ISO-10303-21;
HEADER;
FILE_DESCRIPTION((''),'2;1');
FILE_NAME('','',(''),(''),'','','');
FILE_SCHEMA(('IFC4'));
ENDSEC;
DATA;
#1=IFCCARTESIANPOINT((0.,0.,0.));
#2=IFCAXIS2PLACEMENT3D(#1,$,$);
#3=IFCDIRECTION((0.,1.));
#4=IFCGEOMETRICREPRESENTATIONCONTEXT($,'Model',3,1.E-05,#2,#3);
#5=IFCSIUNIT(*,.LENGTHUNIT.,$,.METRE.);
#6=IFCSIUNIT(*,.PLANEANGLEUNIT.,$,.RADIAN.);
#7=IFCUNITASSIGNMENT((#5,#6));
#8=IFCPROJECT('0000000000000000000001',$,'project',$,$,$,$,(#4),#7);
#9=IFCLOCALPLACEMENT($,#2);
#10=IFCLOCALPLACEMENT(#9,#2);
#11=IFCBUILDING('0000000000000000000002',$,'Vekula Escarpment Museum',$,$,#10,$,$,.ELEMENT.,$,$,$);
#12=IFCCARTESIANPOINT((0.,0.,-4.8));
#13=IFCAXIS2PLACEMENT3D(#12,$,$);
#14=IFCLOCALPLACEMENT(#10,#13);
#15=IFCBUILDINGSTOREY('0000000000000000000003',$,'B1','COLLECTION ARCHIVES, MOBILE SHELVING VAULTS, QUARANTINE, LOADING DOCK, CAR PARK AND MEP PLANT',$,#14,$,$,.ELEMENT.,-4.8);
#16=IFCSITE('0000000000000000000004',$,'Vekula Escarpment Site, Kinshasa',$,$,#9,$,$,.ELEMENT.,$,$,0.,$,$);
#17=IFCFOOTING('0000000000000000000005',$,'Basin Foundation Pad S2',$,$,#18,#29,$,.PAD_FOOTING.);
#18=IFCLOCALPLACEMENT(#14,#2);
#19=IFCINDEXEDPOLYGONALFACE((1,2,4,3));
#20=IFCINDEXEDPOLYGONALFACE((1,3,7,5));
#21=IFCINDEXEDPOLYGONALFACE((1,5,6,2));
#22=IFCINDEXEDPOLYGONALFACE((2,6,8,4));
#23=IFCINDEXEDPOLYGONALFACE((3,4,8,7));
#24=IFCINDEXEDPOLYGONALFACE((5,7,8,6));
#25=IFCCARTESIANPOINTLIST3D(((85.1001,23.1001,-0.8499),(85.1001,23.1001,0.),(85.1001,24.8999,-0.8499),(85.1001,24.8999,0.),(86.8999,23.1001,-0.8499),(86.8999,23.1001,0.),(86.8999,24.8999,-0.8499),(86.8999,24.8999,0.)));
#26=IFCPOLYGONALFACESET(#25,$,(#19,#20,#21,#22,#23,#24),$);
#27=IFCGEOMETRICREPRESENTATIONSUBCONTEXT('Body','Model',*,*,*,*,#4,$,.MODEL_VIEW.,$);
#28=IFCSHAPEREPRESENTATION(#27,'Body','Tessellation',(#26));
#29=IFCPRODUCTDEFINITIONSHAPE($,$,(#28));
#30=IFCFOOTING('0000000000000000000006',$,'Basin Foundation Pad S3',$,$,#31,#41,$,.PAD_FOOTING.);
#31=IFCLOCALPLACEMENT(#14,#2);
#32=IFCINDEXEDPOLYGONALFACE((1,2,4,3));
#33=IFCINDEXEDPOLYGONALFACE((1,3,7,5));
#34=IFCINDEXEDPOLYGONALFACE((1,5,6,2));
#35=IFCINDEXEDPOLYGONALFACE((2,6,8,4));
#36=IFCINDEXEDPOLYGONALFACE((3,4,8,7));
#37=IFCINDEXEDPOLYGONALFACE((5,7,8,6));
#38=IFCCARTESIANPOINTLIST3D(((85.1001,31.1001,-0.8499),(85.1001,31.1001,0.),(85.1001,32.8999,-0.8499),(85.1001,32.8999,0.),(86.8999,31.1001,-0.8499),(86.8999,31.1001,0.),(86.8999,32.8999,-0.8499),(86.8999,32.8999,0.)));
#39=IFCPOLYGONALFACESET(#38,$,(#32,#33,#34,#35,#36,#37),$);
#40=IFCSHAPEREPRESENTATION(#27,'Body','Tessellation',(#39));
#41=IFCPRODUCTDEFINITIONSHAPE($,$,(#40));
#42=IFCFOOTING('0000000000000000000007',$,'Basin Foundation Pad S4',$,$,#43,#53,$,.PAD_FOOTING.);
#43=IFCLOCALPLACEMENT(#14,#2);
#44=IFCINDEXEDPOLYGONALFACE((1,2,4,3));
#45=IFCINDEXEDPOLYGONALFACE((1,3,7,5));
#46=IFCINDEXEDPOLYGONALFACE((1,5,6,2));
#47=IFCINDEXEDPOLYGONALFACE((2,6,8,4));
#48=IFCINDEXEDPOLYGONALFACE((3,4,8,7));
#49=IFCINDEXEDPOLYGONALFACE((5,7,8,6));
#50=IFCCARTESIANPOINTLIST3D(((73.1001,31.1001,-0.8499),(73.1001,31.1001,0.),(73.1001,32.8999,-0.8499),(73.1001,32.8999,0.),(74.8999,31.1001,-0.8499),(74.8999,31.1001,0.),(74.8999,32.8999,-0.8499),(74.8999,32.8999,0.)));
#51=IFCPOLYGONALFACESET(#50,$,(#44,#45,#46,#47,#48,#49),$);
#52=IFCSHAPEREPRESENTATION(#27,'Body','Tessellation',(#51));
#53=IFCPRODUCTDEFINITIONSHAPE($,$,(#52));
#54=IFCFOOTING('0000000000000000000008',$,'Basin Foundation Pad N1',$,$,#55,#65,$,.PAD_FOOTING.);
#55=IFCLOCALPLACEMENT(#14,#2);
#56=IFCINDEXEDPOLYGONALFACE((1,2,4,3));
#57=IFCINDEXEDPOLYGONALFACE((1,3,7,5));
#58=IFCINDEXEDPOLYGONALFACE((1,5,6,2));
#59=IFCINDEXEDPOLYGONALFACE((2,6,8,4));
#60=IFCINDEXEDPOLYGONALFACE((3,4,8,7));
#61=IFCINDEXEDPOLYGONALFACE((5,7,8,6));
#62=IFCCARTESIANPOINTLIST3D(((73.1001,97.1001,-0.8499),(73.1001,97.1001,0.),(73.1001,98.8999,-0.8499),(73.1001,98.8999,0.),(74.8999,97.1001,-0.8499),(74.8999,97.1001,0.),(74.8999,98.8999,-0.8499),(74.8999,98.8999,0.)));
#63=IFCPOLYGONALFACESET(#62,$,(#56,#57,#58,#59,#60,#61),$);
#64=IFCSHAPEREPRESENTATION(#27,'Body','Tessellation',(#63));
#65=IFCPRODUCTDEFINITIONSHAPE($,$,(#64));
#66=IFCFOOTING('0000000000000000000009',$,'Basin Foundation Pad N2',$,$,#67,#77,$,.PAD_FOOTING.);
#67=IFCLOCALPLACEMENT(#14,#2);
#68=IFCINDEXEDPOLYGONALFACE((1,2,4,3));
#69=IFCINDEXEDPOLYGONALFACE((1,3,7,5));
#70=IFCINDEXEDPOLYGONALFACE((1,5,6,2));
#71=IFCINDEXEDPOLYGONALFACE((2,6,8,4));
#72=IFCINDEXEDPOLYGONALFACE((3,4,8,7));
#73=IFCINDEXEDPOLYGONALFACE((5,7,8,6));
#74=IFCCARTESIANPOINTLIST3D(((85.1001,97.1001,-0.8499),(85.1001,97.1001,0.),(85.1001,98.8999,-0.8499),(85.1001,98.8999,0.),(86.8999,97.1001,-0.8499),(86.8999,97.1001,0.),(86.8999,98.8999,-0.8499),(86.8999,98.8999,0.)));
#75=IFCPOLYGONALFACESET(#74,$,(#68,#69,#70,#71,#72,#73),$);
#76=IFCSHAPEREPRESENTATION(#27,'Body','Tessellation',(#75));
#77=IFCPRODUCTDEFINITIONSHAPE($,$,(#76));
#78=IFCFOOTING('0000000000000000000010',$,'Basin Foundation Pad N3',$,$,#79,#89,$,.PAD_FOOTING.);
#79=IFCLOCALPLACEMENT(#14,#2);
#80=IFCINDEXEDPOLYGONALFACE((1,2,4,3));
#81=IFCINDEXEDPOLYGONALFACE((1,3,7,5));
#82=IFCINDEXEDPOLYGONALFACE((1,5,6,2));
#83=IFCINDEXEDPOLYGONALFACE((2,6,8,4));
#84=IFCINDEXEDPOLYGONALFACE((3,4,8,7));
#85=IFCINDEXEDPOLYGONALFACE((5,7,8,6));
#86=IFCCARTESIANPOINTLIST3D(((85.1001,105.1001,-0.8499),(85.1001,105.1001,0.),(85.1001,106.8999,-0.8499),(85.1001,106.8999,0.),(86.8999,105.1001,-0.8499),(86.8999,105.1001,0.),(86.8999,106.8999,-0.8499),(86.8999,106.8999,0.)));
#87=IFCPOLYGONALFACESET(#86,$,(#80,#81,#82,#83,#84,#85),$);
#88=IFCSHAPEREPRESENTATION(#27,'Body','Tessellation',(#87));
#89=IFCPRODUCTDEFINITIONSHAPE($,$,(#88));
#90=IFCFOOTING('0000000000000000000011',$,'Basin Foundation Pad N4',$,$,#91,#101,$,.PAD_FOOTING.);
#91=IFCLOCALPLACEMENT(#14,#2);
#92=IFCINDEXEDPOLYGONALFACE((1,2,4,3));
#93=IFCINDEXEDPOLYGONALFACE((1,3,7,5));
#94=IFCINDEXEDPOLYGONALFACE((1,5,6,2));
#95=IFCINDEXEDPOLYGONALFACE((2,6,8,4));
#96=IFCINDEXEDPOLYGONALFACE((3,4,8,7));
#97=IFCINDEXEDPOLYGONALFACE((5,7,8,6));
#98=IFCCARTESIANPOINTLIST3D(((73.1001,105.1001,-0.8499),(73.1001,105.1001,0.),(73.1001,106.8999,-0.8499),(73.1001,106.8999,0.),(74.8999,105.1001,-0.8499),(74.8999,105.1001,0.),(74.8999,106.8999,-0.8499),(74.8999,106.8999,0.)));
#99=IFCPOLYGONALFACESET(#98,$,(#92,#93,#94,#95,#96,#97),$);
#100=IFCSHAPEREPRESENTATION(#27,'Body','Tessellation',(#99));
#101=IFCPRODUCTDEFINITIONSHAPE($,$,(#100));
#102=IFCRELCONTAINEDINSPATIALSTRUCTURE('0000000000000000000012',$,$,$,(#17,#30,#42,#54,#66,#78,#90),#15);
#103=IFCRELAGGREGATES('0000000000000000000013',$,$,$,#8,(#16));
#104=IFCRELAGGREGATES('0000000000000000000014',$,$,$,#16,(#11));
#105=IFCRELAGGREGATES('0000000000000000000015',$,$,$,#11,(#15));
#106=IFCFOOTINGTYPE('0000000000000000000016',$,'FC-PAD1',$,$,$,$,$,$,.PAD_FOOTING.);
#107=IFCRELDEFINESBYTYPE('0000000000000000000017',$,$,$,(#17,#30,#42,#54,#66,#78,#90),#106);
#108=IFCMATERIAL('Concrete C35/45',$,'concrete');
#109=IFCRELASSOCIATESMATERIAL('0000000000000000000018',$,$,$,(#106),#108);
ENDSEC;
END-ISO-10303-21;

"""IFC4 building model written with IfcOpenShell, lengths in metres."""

from ifc_helpers import new_model, si_unit, direction, frame, origin, place, context, subcontext, project, spatial, polyline, outline, extrude, material, type_object, element, save


model = new_model("IFC4")

# Units and contexts
model_context = context("Model", 3, precision=1e-05, world=origin(), true_north=direction((0.0, 1.0)))
body_context = subcontext(model_context, "Body", "Model", "MODEL_VIEW")
ifc_project = project(units=[si_unit("LENGTHUNIT", "METRE"), si_unit("PLANEANGLEUNIT", "RADIAN")], contexts=[model_context])

# Site, building, storey
site_placement = place(None, origin())
site = spatial("IfcSite", under=ifc_project, at=site_placement, Name="Vekula Escarpment Site, Kinshasa", CompositionType="ELEMENT", RefElevation=0.0)
building_placement = place(site_placement, origin())
building = spatial("IfcBuilding", under=site, at=building_placement, Name="Vekula Escarpment Museum", CompositionType="ELEMENT")
storey_placement = place(building_placement, frame((0.0, 0.0, -4.8)))
storey = spatial("IfcBuildingStorey", under=building, at=storey_placement, Name="B1", Description="COLLECTION ARCHIVES, MOBILE SHELVING VAULTS, QUARANTINE, LOADING DOCK, CAR PARK AND MEP PLANT", CompositionType="ELEMENT", Elevation=-4.8)

# Footings
ifc_material_1 = material(Name="Concrete C35/45", Category="concrete")
footing_type_1 = type_object("IfcFootingType", Name="FC-PAD1", PredefinedType="PAD_FOOTING", material=ifc_material_1)
footing_1_placement = place(storey_placement, frame((0.0, 0.0, -0.8499)))
element("IfcFooting", 1, at=footing_1_placement, inside=storey, type_object=footing_type_1, Name="Basin Foundation Pad S2", PredefinedType="PAD_FOOTING", context=body_context, shape_type="SweptSolid", body=[
    extrude(outline(polyline([(85.1001, 23.1001), (86.8999, 23.1001), (86.8999, 24.8999), (85.1001, 24.8999), (85.1001, 23.1001)])), origin(), (0.0, 0.0, 1.0), 0.8499),
])
footing_2_placement = place(storey_placement, frame((0.0, 0.0, -0.8499)))
element("IfcFooting", 2, at=footing_2_placement, inside=storey, type_object=footing_type_1, Name="Basin Foundation Pad S3", PredefinedType="PAD_FOOTING", context=body_context, shape_type="SweptSolid", body=[
    extrude(outline(polyline([(85.1001, 31.1001), (86.8999, 31.1001), (86.8999, 32.8999), (85.1001, 32.8999), (85.1001, 31.1001)])), origin(), (0.0, 0.0, 1.0), 0.8499),
])
footing_3_placement = place(storey_placement, frame((0.0, 0.0, -0.8499)))
element("IfcFooting", 3, at=footing_3_placement, inside=storey, type_object=footing_type_1, Name="Basin Foundation Pad S4", PredefinedType="PAD_FOOTING", context=body_context, shape_type="SweptSolid", body=[
    extrude(outline(polyline([(73.1001, 31.1001), (74.8999, 31.1001), (74.8999, 32.8999), (73.1001, 32.8999), (73.1001, 31.1001)])), origin(), (0.0, 0.0, 1.0), 0.8499),
])
footing_4_placement = place(storey_placement, frame((0.0, 0.0, -0.8499)))
element("IfcFooting", 4, at=footing_4_placement, inside=storey, type_object=footing_type_1, Name="Basin Foundation Pad N1", PredefinedType="PAD_FOOTING", context=body_context, shape_type="SweptSolid", body=[
    extrude(outline(polyline([(73.1001, 97.1001), (74.8999, 97.1001), (74.8999, 98.8999), (73.1001, 98.8999), (73.1001, 97.1001)])), origin(), (0.0, 0.0, 1.0), 0.8499),
])
footing_5_placement = place(storey_placement, frame((0.0, 0.0, -0.8499)))
element("IfcFooting", 5, at=footing_5_placement, inside=storey, type_object=footing_type_1, Name="Basin Foundation Pad N2", PredefinedType="PAD_FOOTING", context=body_context, shape_type="SweptSolid", body=[
    extrude(outline(polyline([(85.1001, 97.1001), (86.8999, 97.1001), (86.8999, 98.8999), (85.1001, 98.8999), (85.1001, 97.1001)])), origin(), (0.0, 0.0, 1.0), 0.8499),
])
footing_6_placement = place(storey_placement, frame((0.0, 0.0, -0.8499)))
element("IfcFooting", 6, at=footing_6_placement, inside=storey, type_object=footing_type_1, Name="Basin Foundation Pad N3", PredefinedType="PAD_FOOTING", context=body_context, shape_type="SweptSolid", body=[
    extrude(outline(polyline([(85.1001, 105.1001), (86.8999, 105.1001), (86.8999, 106.8999), (85.1001, 106.8999), (85.1001, 105.1001)])), origin(), (0.0, 0.0, 1.0), 0.8499),
])
footing_7_placement = place(storey_placement, frame((0.0, 0.0, -0.8499)))
element("IfcFooting", 7, at=footing_7_placement, inside=storey, type_object=footing_type_1, Name="Basin Foundation Pad N4", PredefinedType="PAD_FOOTING", context=body_context, shape_type="SweptSolid", body=[
    extrude(outline(polyline([(73.1001, 105.1001), (74.8999, 105.1001), (74.8999, 106.8999), (73.1001, 106.8999), (73.1001, 105.1001)])), origin(), (0.0, 0.0, 1.0), 0.8499),
])

save(model, "model.ifc")
